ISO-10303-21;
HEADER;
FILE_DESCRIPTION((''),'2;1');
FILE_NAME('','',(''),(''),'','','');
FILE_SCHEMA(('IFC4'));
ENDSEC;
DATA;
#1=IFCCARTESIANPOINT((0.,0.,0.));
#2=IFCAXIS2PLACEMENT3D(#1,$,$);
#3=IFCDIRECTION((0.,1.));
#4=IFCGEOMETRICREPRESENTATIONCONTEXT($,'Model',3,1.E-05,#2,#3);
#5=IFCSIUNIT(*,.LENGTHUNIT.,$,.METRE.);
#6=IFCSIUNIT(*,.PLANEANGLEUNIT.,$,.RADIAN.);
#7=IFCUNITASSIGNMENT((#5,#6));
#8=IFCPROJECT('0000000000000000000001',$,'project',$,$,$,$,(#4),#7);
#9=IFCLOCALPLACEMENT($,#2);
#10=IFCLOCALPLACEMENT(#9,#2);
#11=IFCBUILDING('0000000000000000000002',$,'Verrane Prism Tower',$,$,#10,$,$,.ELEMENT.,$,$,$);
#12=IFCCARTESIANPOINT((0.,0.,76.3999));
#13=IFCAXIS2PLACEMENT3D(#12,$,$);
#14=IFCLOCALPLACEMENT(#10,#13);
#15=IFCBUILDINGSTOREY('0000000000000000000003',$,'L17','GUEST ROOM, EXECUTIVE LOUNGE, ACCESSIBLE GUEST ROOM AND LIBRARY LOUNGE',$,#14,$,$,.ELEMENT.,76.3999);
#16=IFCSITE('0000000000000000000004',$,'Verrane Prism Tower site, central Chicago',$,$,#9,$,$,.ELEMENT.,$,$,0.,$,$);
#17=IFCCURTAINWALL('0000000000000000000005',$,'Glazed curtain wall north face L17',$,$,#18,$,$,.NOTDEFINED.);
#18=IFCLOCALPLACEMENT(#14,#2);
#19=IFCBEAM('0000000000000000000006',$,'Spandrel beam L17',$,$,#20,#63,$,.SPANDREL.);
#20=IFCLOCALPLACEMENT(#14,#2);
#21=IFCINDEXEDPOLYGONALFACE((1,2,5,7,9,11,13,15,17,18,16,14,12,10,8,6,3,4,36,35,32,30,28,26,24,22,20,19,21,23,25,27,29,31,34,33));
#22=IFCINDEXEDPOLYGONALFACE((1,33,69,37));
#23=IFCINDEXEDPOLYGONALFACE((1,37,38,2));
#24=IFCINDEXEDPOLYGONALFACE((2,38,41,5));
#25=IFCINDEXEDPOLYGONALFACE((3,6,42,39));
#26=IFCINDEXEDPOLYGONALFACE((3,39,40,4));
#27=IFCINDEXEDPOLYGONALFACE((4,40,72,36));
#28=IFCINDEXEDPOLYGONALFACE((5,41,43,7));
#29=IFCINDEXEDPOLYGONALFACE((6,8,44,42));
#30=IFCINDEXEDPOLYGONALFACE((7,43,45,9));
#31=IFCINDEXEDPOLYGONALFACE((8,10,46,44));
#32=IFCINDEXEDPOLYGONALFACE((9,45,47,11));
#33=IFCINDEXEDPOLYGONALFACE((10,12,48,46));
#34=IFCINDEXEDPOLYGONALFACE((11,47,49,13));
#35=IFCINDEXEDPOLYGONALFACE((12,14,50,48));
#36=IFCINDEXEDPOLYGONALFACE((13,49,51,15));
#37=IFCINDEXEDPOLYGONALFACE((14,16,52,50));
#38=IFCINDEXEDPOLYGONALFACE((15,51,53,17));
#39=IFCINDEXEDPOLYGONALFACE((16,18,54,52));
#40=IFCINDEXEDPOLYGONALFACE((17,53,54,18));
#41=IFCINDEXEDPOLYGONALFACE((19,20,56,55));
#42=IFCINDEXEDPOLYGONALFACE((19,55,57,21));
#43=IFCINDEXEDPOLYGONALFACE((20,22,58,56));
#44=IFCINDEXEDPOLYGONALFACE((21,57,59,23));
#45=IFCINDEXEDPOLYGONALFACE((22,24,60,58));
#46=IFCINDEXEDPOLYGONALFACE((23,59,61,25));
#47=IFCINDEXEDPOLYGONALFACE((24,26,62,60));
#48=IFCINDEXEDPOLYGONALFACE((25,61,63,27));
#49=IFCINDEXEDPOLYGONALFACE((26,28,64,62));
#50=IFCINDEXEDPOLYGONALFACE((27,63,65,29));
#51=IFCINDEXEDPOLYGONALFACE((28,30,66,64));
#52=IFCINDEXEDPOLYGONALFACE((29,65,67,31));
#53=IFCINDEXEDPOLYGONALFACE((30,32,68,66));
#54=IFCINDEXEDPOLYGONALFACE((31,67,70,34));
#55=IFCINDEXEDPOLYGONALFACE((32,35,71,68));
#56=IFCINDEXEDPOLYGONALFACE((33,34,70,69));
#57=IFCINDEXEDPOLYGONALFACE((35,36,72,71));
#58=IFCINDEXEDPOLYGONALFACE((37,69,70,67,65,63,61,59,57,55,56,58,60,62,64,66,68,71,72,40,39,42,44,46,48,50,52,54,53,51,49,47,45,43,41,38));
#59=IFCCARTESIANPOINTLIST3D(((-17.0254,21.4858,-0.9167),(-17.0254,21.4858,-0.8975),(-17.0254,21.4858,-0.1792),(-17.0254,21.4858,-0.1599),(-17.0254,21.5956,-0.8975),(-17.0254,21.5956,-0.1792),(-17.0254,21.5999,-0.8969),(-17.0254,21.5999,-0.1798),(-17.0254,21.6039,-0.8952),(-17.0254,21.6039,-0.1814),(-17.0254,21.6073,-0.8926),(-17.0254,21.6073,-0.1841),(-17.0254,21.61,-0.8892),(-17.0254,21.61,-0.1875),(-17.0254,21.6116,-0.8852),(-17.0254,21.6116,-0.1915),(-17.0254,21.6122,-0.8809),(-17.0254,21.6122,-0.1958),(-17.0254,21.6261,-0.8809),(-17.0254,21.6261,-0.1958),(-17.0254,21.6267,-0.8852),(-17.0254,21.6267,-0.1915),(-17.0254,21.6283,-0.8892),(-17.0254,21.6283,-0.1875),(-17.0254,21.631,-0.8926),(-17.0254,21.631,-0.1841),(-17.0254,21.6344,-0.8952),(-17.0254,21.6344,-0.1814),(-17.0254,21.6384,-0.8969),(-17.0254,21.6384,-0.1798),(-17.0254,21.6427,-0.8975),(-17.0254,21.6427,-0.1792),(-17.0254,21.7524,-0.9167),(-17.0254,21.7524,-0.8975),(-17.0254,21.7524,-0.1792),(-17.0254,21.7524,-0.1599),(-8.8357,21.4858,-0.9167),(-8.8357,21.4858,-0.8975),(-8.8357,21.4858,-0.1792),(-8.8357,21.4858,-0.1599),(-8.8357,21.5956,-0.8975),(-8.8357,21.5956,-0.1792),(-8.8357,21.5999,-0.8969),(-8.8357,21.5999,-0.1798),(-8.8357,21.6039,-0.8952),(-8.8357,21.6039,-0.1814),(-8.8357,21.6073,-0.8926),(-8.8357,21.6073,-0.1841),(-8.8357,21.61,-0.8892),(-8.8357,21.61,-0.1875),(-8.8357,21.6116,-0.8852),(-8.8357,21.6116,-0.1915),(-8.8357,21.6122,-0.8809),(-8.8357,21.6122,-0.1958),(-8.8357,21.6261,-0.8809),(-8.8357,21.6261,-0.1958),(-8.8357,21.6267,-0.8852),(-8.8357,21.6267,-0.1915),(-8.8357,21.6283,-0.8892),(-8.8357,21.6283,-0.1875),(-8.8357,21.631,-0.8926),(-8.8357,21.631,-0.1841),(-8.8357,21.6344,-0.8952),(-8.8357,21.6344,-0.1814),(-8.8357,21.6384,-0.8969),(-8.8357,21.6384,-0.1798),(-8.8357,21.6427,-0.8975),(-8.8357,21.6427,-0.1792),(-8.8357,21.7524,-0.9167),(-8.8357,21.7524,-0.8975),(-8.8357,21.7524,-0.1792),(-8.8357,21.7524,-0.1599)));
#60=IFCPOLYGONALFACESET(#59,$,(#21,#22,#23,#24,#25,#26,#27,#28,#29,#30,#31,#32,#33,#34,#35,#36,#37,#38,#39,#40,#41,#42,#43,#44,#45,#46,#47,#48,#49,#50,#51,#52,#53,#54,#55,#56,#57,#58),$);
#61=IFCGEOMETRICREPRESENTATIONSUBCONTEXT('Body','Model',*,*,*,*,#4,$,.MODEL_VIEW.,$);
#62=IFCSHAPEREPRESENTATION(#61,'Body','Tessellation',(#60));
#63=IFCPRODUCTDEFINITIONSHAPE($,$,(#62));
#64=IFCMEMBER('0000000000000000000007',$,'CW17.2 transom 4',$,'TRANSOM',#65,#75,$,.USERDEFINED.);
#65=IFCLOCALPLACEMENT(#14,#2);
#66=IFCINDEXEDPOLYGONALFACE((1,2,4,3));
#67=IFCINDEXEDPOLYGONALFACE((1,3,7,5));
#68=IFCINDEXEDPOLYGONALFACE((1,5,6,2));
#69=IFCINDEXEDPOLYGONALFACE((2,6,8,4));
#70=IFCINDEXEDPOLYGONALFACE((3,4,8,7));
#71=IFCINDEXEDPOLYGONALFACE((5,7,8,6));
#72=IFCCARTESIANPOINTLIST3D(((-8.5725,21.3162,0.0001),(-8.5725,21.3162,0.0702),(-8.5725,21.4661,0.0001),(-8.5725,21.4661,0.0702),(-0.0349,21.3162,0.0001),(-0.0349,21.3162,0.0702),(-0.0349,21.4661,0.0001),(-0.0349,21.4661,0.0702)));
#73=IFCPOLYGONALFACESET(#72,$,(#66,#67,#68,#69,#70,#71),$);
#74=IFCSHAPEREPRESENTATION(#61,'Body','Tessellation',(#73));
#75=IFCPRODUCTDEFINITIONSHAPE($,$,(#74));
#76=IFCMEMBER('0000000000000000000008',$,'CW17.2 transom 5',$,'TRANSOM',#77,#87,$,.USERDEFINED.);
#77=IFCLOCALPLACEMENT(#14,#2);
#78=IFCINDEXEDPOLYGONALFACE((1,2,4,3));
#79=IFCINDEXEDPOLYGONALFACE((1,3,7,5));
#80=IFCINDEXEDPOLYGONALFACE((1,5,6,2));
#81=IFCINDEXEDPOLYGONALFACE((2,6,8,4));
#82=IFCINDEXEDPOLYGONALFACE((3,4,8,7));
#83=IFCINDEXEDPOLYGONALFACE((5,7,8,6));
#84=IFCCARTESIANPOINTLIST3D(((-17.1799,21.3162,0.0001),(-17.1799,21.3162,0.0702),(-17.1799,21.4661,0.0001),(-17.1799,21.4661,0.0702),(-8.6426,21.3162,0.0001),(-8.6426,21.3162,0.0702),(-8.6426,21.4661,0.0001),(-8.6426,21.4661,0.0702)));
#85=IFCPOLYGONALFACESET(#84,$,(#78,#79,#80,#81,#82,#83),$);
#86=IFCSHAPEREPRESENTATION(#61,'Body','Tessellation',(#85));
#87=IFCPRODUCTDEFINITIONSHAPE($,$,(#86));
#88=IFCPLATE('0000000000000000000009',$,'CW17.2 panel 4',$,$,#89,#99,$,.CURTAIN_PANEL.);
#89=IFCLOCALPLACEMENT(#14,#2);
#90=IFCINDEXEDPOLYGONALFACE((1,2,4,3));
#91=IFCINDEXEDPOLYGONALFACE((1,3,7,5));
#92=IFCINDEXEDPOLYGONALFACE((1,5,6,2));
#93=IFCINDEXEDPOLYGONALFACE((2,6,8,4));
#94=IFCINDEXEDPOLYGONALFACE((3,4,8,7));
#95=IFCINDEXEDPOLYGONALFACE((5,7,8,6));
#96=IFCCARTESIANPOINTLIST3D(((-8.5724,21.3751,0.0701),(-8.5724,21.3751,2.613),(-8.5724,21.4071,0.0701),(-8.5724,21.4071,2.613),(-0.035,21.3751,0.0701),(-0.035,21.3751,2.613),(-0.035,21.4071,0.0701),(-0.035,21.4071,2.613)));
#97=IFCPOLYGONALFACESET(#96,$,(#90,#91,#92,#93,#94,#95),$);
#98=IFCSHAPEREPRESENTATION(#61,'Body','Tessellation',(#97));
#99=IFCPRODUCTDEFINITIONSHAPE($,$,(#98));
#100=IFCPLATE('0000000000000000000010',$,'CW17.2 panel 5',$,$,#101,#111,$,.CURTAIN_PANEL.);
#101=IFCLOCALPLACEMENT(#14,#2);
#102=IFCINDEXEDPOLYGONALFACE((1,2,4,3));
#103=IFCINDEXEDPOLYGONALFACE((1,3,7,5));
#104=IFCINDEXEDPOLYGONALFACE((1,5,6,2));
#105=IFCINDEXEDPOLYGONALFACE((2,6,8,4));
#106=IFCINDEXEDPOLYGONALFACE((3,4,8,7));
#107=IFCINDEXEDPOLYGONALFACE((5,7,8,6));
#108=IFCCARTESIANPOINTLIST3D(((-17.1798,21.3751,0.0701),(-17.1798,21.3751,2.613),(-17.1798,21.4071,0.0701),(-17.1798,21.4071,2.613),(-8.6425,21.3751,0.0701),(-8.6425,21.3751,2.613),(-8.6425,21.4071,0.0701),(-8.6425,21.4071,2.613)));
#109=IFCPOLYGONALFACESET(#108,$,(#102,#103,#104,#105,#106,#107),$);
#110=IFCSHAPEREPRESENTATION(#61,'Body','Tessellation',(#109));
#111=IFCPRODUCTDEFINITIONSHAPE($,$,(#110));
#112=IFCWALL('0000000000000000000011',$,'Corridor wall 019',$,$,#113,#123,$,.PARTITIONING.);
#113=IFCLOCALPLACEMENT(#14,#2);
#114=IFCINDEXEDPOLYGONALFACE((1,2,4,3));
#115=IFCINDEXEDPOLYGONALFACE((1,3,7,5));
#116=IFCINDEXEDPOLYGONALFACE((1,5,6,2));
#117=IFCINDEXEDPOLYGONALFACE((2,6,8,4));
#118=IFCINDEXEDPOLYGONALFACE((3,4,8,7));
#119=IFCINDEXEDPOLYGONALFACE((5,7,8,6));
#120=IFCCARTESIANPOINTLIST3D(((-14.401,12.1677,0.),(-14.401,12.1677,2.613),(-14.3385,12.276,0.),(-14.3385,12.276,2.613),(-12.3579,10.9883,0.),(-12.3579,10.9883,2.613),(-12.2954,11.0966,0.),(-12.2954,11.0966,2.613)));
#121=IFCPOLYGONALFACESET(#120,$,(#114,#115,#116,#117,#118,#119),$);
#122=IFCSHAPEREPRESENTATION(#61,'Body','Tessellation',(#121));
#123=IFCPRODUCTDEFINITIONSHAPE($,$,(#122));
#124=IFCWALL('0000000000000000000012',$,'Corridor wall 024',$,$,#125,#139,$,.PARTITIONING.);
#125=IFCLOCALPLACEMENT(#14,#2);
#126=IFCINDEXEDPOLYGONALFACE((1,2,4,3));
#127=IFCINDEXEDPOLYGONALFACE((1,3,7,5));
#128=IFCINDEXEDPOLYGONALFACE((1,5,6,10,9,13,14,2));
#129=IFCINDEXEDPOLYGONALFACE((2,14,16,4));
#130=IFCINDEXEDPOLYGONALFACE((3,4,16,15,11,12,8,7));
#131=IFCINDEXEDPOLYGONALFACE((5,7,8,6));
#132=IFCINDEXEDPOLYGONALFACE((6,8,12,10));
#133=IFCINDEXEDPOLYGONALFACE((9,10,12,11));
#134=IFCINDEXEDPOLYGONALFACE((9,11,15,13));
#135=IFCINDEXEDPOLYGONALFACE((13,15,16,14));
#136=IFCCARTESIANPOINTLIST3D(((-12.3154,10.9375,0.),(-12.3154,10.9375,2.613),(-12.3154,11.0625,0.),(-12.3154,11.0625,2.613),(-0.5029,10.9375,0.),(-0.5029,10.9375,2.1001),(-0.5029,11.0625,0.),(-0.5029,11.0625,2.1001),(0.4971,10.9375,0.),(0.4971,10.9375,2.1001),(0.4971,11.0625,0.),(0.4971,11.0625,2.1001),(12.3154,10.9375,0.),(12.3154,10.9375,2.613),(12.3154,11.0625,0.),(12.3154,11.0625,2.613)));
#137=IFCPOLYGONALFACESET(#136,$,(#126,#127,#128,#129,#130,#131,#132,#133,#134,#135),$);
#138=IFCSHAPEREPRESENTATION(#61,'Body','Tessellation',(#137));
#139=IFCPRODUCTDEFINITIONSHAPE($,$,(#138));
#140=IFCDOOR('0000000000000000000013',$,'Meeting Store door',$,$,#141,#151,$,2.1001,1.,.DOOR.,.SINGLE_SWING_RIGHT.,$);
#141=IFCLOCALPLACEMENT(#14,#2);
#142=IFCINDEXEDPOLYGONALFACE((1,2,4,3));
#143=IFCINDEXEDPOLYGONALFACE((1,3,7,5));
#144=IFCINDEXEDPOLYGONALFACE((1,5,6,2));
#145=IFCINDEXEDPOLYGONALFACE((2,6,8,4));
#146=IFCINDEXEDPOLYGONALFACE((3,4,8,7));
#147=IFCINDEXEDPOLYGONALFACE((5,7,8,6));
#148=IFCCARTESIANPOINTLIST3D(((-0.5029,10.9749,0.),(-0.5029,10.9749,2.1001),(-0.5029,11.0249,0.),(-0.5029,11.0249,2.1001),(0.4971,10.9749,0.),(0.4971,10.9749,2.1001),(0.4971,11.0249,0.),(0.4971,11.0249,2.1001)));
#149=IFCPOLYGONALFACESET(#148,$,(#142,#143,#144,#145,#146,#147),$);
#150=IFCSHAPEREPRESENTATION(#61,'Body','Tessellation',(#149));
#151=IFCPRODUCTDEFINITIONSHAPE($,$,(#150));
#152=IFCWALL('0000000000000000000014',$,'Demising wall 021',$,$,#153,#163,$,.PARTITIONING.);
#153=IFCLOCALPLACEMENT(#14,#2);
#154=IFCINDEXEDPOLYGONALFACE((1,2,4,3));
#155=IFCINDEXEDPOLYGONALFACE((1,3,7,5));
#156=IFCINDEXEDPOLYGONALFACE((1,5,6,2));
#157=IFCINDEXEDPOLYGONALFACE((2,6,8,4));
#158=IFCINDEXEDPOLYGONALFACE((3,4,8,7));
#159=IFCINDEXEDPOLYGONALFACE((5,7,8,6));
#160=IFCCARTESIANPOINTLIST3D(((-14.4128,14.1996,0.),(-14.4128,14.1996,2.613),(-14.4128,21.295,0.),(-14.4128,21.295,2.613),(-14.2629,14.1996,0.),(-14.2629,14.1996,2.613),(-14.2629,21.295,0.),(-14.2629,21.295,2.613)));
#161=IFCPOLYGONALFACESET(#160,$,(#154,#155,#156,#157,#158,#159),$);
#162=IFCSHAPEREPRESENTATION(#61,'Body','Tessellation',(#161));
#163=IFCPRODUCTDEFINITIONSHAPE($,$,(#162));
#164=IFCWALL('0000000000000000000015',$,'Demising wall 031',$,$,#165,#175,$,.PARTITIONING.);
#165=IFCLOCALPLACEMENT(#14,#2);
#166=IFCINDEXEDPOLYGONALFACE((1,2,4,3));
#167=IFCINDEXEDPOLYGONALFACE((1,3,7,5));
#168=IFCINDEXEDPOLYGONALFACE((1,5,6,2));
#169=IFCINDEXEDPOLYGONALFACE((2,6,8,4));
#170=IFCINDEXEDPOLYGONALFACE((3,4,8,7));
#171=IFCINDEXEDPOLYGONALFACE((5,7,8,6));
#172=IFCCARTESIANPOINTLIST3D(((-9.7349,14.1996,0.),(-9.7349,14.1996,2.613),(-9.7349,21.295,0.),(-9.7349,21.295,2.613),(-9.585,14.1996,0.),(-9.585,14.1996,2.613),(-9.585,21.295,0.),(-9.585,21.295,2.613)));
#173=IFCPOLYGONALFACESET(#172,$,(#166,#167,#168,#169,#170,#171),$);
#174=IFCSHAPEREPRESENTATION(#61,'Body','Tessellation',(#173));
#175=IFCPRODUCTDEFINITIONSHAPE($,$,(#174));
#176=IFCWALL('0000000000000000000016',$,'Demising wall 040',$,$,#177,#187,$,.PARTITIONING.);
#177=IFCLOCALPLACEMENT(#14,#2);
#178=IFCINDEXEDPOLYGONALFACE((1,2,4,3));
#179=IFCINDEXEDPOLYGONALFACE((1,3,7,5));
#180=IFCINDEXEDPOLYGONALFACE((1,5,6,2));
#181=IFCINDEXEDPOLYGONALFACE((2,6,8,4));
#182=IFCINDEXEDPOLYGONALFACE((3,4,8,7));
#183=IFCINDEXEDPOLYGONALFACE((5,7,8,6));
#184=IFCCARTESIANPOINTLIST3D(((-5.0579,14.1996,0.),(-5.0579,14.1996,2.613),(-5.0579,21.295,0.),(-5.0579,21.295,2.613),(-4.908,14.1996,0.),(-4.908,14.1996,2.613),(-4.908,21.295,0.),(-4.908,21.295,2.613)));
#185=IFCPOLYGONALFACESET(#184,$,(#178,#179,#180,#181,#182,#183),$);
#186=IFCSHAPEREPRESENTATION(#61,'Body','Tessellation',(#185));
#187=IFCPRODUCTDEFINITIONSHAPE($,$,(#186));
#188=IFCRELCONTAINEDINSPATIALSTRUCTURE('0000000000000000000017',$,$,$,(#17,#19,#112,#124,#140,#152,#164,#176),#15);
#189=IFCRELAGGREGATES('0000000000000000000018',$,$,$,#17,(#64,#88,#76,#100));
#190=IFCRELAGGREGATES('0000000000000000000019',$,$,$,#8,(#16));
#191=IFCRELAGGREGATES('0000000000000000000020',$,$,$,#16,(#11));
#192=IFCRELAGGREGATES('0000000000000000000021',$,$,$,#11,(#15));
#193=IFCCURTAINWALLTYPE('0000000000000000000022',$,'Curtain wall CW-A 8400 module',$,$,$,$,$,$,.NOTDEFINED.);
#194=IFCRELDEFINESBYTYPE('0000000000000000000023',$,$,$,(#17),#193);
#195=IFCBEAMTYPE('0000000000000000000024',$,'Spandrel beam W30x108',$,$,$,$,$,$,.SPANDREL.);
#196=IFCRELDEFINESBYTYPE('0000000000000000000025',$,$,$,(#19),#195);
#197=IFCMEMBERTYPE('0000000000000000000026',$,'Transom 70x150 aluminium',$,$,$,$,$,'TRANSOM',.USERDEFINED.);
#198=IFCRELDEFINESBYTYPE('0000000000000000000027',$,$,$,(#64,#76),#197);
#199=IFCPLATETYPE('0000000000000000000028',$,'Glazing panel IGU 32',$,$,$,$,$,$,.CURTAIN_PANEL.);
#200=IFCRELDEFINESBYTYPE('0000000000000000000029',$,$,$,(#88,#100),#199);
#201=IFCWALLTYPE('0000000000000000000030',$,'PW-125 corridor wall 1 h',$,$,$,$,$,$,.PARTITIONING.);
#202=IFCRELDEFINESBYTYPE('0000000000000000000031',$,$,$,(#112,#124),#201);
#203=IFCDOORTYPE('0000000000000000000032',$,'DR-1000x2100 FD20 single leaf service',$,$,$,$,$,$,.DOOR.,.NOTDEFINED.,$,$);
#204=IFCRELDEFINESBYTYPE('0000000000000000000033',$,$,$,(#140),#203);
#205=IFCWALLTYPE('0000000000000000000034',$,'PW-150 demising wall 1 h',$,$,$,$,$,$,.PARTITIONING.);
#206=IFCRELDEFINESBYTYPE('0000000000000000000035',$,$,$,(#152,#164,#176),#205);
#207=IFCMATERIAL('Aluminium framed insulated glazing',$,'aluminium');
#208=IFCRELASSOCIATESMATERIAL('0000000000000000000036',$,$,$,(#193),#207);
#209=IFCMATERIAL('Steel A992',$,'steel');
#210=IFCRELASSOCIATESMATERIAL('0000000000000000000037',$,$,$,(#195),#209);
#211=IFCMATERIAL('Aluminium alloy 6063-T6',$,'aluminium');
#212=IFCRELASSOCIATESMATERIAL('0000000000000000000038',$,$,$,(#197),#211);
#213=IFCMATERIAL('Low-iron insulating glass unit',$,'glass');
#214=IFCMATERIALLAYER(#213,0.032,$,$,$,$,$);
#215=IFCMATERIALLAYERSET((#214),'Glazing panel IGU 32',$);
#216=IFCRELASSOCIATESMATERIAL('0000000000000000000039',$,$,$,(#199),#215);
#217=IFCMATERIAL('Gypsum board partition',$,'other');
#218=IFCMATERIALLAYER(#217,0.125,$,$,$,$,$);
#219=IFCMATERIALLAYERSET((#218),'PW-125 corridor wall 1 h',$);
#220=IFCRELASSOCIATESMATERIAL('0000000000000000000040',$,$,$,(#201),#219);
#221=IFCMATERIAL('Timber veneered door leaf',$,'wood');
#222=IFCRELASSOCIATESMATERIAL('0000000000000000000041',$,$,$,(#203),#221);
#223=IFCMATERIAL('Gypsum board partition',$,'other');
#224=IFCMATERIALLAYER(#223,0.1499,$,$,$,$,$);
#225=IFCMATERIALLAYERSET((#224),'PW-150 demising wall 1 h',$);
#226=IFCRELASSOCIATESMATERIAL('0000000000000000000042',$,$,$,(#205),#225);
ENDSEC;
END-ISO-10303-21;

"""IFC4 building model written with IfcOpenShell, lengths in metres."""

from ifc_helpers import new_model, si_unit, direction, frame, frame_2d, origin, origin_2d, place, context, subcontext, project, spatial, rectangle, i_section, extrude, material, layer, layer_set, material_profile, profile_set, type_object, element, fill, aggregate, save


model = new_model("IFC4")

# Units and contexts
model_context = context("Model", 3, precision=1e-05, world=origin(), true_north=direction((0.0, 1.0)))
body_context = subcontext(model_context, "Body", "Model", "MODEL_VIEW")
ifc_project = project(units=[si_unit("LENGTHUNIT", "METRE"), si_unit("PLANEANGLEUNIT", "RADIAN")], contexts=[model_context])

# Site, building, storey
site_placement = place(None, origin())
site = spatial("IfcSite", under=ifc_project, at=site_placement, Name="Verrane Prism Tower site, central Chicago", CompositionType="ELEMENT", RefElevation=0.0)
building_placement = place(site_placement, origin())
building = spatial("IfcBuilding", under=site, at=building_placement, Name="Verrane Prism Tower", CompositionType="ELEMENT")
storey_placement = place(building_placement, frame((0.0, 0.0, 76.3999)))
storey = spatial("IfcBuildingStorey", under=building, at=storey_placement, Name="L17", Description="GUEST ROOM, EXECUTIVE LOUNGE, ACCESSIBLE GUEST ROOM AND LIBRARY LOUNGE", CompositionType="ELEMENT", Elevation=76.3999)

# Curtain wall
ifc_material_1 = material(Name="Aluminium framed insulated glazing", Category="aluminium")
curtain_wall_type = type_object("IfcCurtainWallType", Name="Curtain wall CW-A 8400 module", PredefinedType="NOTDEFINED", material=ifc_material_1)
curtain_wall_placement = place(storey_placement, origin())
curtain_wall = element("IfcCurtainWall", 1, at=curtain_wall_placement, inside=storey, type_object=curtain_wall_type, Name="Glazed curtain wall north face L17", PredefinedType="NOTDEFINED")

# Beam
ifc_material_2 = material(Name="Steel A992", Category="steel")
ifc_material_profile_1 = material_profile(ifc_material_2, i_section(OverallWidth=0.2666, OverallDepth=0.7568, WebThickness=0.0139, FlangeThickness=0.0193, FilletRadius=0.0166, at=origin_2d()), Name="W30x108")
ifc_profile_set_1 = profile_set([ifc_material_profile_1], Name="Steel A992")
beam_type_1 = type_object("IfcBeamType", Name="Spandrel beam W30x108", PredefinedType="SPANDREL", material=ifc_profile_set_1)
beam_1_placement = place(storey_placement, frame((-8.8357, 21.6191, -0.5383), z_axis=(-1.0, 0.0, 0.0), x_axis=(0.0, -1.0, 0.0)))
element("IfcBeam", 2, at=beam_1_placement, inside=storey, type_object=beam_type_1, Name="Spandrel beam L17", PredefinedType="SPANDREL", context=body_context, shape_type="SweptSolid", body=[
    extrude(i_section(OverallWidth=0.2666, OverallDepth=0.7568, WebThickness=0.0139, FlangeThickness=0.0193, FilletRadius=0.0166, at=origin_2d()), origin(), (0.0, 0.0, 1.0), 8.1897),
])

# Members
ifc_material_3 = material(Name="Aluminium alloy 6063-T6", Category="aluminium")
ifc_material_profile_2 = material_profile(ifc_material_3, rectangle(XDim=0.1499, YDim=0.0701, at=origin_2d()), Name="Transom 70x150 aluminium")
ifc_profile_set_2 = profile_set([ifc_material_profile_2], Name="Aluminium alloy 6063-T6")
member_type_1 = type_object("IfcMemberType", Name="Transom 70x150 aluminium", ElementType="TRANSOM", PredefinedType="USERDEFINED", material=ifc_profile_set_2)
member_1_placement = place(storey_placement, frame((-0.0349, 21.3911, 0.0352), z_axis=(-1.0, 0.0, 0.0), x_axis=(0.0, -1.0, 0.0)))
member_1 = element("IfcMember", 3, at=member_1_placement, type_object=member_type_1, Name="CW17.2 transom 4", ObjectType="TRANSOM", PredefinedType="USERDEFINED", context=body_context, shape_type="SweptSolid", body=[
    extrude(rectangle(XDim=0.1499, YDim=0.0701, at=origin_2d()), origin(), (0.0, 0.0, 1.0), 8.5376),
])
member_2_placement = place(storey_placement, frame((-8.6426, 21.3911, 0.0352), z_axis=(-1.0, 0.0, 0.0), x_axis=(0.0, -1.0, 0.0)))
member_2 = element("IfcMember", 4, at=member_2_placement, type_object=member_type_1, Name="CW17.2 transom 5", ObjectType="TRANSOM", PredefinedType="USERDEFINED", context=body_context, shape_type="SweptSolid", body=[
    extrude(rectangle(XDim=0.1499, YDim=0.0701, at=origin_2d()), origin(), (0.0, 0.0, 1.0), 8.5374),
])

# Plates
ifc_material_4 = material(Name="Low-iron insulating glass unit", Category="glass")
ifc_layer_1 = layer(ifc_material_4, 0.032)
ifc_layer_set_1 = layer_set([ifc_layer_1], Name="Glazing panel IGU 32")
plate_type = type_object("IfcPlateType", Name="Glazing panel IGU 32", PredefinedType="CURTAIN_PANEL", material=ifc_layer_set_1)
plate_1_placement = place(storey_placement, frame((-4.3037, 21.3911, 0.0701), z_axis=(0.0, 0.0, 1.0), x_axis=(-1.0, 0.0, 0.0)))
plate_1 = element("IfcPlate", 5, at=plate_1_placement, type_object=plate_type, Name="CW17.2 panel 4", PredefinedType="CURTAIN_PANEL", context=body_context, shape_type="SweptSolid", body=[
    extrude(rectangle(XDim=8.5374, YDim=0.032, at=origin_2d()), origin(), (0.0, 0.0, 1.0), 2.543),
])
plate_2_placement = place(storey_placement, frame((-12.9111, 21.3911, 0.0701), z_axis=(0.0, 0.0, 1.0), x_axis=(-1.0, 0.0, 0.0)))
plate_2 = element("IfcPlate", 6, at=plate_2_placement, type_object=plate_type, Name="CW17.2 panel 5", PredefinedType="CURTAIN_PANEL", context=body_context, shape_type="SweptSolid", body=[
    extrude(rectangle(XDim=8.5374, YDim=0.032, at=origin_2d()), origin(), (0.0, 0.0, 1.0), 2.543),
])
aggregate(curtain_wall, [member_1, plate_1, member_2, plate_2])

# Wall
ifc_material_5 = material(Name="Gypsum board partition", Category="other")
ifc_layer_2 = layer(ifc_material_5, 0.125)
ifc_layer_set_2 = layer_set([ifc_layer_2], Name="PW-125 corridor wall 1 h")
wall_type_1 = type_object("IfcWallType", Name="PW-125 corridor wall 1 h", PredefinedType="PARTITIONING", material=ifc_layer_set_2)
wall_1_placement = place(storey_placement, frame((-14.3699, 12.2219, 0.0), z_axis=(0.0, 0.0, 1.0), x_axis=(0.866063, -0.499934, 0.0)))
element("IfcWall", 7, at=wall_1_placement, inside=storey, type_object=wall_type_1, Name="Corridor wall 019", PredefinedType="PARTITIONING", context=body_context, shape_type="SweptSolid", body=[
    extrude(rectangle(XDim=2.3591, YDim=0.125, at=frame_2d((1.1797, 0.0))), origin(), (0.0, 0.0, 1.0), 2.613),
])

# Wall, opening, door
wall_2_placement = place(storey_placement, frame((-12.3154, 11.0, 0.0), z_axis=(0.0, 0.0, 1.0), x_axis=(1.0, 0.0, 0.0)))
wall_2 = element("IfcWall", 8, at=wall_2_placement, inside=storey, type_object=wall_type_1, Name="Corridor wall 024", PredefinedType="PARTITIONING", context=body_context, shape_type="SweptSolid", body=[
    extrude(rectangle(XDim=24.6309, YDim=0.125, at=frame_2d((12.3154, 0.0))), origin(), (0.0, 0.0, 1.0), 2.613),
])
opening_1_placement = place(wall_2_placement, frame((11.8125, 0.0, 0.0)))
opening_1 = element("IfcOpeningElement", 9, at=opening_1_placement, cuts=wall_2, PredefinedType="OPENING", context=body_context, shape_type="SweptSolid", body=[
    extrude(rectangle(XDim=1.0, YDim=2.1001, at=frame_2d((0.5, 1.05))), frame((0.0, 0.0725, 0.0), z_axis=(0.0, -1.0, 0.0), x_axis=(1.0, 0.0, 0.0)), (0.0, 0.0, 1.0), 0.145),
])
ifc_material_6 = material(Name="Timber veneered door leaf", Category="wood")
door_type_1 = type_object("IfcDoorType", Name="DR-1000x2100 FD20 single leaf service", OperationType="NOTDEFINED", PredefinedType="DOOR", material=ifc_material_6)
door_1_placement = place(opening_1_placement, origin())
door_1 = element("IfcDoor", 10, at=door_1_placement, inside=storey, type_object=door_type_1, Name="Meeting Store door", OperationType="SINGLE_SWING_RIGHT", OverallHeight=2.1001, OverallWidth=1.0, PredefinedType="DOOR", context=body_context, shape_type="SweptSolid", body=[
    extrude(rectangle(XDim=1.0, YDim=2.1001, at=frame_2d((0.5, 1.05))), frame((0.0, 0.0249, 0.0), z_axis=(0.0, -1.0, 0.0), x_axis=(1.0, 0.0, 0.0)), (0.0, 0.0, 1.0), 0.05),
])
fill(opening_1, door_1)

# Walls
ifc_material_7 = material(Name="Gypsum board partition", Category="other")
ifc_layer_3 = layer(ifc_material_7, 0.1499)
ifc_layer_set_3 = layer_set([ifc_layer_3], Name="PW-150 demising wall 1 h")
wall_type_2 = type_object("IfcWallType", Name="PW-150 demising wall 1 h", PredefinedType="PARTITIONING", material=ifc_layer_set_3)
for number, where, z_axis, x_axis, name in (
    (11, (-14.3379, 14.1995, 0.0), (0.0, 0.0, 1.0), (0.0, 1.0, 0.0), "Demising wall 021"),
    (12, (-9.6599, 14.1995, 0.0), (0.0, 0.0, 1.0), (0.0, 1.0, 0.0), "Demising wall 031"),
    (13, (-4.9829, 14.1995, 0.0), (0.0, 0.0, 1.0), (0.0, 1.0, 0.0), "Demising wall 040"),
):
    element("IfcWall", number, at=place(storey_placement, frame(where, z_axis=z_axis, x_axis=x_axis)), inside=storey, type_object=wall_type_2, Name=name, PredefinedType="PARTITIONING", context=body_context, shape_type="SweptSolid", body=[
        extrude(rectangle(XDim=7.0955, YDim=0.1499, at=frame_2d((3.5479, 0.0))), origin(), (0.0, 0.0, 1.0), 2.613),
    ])

save(model, "model.ifc")
